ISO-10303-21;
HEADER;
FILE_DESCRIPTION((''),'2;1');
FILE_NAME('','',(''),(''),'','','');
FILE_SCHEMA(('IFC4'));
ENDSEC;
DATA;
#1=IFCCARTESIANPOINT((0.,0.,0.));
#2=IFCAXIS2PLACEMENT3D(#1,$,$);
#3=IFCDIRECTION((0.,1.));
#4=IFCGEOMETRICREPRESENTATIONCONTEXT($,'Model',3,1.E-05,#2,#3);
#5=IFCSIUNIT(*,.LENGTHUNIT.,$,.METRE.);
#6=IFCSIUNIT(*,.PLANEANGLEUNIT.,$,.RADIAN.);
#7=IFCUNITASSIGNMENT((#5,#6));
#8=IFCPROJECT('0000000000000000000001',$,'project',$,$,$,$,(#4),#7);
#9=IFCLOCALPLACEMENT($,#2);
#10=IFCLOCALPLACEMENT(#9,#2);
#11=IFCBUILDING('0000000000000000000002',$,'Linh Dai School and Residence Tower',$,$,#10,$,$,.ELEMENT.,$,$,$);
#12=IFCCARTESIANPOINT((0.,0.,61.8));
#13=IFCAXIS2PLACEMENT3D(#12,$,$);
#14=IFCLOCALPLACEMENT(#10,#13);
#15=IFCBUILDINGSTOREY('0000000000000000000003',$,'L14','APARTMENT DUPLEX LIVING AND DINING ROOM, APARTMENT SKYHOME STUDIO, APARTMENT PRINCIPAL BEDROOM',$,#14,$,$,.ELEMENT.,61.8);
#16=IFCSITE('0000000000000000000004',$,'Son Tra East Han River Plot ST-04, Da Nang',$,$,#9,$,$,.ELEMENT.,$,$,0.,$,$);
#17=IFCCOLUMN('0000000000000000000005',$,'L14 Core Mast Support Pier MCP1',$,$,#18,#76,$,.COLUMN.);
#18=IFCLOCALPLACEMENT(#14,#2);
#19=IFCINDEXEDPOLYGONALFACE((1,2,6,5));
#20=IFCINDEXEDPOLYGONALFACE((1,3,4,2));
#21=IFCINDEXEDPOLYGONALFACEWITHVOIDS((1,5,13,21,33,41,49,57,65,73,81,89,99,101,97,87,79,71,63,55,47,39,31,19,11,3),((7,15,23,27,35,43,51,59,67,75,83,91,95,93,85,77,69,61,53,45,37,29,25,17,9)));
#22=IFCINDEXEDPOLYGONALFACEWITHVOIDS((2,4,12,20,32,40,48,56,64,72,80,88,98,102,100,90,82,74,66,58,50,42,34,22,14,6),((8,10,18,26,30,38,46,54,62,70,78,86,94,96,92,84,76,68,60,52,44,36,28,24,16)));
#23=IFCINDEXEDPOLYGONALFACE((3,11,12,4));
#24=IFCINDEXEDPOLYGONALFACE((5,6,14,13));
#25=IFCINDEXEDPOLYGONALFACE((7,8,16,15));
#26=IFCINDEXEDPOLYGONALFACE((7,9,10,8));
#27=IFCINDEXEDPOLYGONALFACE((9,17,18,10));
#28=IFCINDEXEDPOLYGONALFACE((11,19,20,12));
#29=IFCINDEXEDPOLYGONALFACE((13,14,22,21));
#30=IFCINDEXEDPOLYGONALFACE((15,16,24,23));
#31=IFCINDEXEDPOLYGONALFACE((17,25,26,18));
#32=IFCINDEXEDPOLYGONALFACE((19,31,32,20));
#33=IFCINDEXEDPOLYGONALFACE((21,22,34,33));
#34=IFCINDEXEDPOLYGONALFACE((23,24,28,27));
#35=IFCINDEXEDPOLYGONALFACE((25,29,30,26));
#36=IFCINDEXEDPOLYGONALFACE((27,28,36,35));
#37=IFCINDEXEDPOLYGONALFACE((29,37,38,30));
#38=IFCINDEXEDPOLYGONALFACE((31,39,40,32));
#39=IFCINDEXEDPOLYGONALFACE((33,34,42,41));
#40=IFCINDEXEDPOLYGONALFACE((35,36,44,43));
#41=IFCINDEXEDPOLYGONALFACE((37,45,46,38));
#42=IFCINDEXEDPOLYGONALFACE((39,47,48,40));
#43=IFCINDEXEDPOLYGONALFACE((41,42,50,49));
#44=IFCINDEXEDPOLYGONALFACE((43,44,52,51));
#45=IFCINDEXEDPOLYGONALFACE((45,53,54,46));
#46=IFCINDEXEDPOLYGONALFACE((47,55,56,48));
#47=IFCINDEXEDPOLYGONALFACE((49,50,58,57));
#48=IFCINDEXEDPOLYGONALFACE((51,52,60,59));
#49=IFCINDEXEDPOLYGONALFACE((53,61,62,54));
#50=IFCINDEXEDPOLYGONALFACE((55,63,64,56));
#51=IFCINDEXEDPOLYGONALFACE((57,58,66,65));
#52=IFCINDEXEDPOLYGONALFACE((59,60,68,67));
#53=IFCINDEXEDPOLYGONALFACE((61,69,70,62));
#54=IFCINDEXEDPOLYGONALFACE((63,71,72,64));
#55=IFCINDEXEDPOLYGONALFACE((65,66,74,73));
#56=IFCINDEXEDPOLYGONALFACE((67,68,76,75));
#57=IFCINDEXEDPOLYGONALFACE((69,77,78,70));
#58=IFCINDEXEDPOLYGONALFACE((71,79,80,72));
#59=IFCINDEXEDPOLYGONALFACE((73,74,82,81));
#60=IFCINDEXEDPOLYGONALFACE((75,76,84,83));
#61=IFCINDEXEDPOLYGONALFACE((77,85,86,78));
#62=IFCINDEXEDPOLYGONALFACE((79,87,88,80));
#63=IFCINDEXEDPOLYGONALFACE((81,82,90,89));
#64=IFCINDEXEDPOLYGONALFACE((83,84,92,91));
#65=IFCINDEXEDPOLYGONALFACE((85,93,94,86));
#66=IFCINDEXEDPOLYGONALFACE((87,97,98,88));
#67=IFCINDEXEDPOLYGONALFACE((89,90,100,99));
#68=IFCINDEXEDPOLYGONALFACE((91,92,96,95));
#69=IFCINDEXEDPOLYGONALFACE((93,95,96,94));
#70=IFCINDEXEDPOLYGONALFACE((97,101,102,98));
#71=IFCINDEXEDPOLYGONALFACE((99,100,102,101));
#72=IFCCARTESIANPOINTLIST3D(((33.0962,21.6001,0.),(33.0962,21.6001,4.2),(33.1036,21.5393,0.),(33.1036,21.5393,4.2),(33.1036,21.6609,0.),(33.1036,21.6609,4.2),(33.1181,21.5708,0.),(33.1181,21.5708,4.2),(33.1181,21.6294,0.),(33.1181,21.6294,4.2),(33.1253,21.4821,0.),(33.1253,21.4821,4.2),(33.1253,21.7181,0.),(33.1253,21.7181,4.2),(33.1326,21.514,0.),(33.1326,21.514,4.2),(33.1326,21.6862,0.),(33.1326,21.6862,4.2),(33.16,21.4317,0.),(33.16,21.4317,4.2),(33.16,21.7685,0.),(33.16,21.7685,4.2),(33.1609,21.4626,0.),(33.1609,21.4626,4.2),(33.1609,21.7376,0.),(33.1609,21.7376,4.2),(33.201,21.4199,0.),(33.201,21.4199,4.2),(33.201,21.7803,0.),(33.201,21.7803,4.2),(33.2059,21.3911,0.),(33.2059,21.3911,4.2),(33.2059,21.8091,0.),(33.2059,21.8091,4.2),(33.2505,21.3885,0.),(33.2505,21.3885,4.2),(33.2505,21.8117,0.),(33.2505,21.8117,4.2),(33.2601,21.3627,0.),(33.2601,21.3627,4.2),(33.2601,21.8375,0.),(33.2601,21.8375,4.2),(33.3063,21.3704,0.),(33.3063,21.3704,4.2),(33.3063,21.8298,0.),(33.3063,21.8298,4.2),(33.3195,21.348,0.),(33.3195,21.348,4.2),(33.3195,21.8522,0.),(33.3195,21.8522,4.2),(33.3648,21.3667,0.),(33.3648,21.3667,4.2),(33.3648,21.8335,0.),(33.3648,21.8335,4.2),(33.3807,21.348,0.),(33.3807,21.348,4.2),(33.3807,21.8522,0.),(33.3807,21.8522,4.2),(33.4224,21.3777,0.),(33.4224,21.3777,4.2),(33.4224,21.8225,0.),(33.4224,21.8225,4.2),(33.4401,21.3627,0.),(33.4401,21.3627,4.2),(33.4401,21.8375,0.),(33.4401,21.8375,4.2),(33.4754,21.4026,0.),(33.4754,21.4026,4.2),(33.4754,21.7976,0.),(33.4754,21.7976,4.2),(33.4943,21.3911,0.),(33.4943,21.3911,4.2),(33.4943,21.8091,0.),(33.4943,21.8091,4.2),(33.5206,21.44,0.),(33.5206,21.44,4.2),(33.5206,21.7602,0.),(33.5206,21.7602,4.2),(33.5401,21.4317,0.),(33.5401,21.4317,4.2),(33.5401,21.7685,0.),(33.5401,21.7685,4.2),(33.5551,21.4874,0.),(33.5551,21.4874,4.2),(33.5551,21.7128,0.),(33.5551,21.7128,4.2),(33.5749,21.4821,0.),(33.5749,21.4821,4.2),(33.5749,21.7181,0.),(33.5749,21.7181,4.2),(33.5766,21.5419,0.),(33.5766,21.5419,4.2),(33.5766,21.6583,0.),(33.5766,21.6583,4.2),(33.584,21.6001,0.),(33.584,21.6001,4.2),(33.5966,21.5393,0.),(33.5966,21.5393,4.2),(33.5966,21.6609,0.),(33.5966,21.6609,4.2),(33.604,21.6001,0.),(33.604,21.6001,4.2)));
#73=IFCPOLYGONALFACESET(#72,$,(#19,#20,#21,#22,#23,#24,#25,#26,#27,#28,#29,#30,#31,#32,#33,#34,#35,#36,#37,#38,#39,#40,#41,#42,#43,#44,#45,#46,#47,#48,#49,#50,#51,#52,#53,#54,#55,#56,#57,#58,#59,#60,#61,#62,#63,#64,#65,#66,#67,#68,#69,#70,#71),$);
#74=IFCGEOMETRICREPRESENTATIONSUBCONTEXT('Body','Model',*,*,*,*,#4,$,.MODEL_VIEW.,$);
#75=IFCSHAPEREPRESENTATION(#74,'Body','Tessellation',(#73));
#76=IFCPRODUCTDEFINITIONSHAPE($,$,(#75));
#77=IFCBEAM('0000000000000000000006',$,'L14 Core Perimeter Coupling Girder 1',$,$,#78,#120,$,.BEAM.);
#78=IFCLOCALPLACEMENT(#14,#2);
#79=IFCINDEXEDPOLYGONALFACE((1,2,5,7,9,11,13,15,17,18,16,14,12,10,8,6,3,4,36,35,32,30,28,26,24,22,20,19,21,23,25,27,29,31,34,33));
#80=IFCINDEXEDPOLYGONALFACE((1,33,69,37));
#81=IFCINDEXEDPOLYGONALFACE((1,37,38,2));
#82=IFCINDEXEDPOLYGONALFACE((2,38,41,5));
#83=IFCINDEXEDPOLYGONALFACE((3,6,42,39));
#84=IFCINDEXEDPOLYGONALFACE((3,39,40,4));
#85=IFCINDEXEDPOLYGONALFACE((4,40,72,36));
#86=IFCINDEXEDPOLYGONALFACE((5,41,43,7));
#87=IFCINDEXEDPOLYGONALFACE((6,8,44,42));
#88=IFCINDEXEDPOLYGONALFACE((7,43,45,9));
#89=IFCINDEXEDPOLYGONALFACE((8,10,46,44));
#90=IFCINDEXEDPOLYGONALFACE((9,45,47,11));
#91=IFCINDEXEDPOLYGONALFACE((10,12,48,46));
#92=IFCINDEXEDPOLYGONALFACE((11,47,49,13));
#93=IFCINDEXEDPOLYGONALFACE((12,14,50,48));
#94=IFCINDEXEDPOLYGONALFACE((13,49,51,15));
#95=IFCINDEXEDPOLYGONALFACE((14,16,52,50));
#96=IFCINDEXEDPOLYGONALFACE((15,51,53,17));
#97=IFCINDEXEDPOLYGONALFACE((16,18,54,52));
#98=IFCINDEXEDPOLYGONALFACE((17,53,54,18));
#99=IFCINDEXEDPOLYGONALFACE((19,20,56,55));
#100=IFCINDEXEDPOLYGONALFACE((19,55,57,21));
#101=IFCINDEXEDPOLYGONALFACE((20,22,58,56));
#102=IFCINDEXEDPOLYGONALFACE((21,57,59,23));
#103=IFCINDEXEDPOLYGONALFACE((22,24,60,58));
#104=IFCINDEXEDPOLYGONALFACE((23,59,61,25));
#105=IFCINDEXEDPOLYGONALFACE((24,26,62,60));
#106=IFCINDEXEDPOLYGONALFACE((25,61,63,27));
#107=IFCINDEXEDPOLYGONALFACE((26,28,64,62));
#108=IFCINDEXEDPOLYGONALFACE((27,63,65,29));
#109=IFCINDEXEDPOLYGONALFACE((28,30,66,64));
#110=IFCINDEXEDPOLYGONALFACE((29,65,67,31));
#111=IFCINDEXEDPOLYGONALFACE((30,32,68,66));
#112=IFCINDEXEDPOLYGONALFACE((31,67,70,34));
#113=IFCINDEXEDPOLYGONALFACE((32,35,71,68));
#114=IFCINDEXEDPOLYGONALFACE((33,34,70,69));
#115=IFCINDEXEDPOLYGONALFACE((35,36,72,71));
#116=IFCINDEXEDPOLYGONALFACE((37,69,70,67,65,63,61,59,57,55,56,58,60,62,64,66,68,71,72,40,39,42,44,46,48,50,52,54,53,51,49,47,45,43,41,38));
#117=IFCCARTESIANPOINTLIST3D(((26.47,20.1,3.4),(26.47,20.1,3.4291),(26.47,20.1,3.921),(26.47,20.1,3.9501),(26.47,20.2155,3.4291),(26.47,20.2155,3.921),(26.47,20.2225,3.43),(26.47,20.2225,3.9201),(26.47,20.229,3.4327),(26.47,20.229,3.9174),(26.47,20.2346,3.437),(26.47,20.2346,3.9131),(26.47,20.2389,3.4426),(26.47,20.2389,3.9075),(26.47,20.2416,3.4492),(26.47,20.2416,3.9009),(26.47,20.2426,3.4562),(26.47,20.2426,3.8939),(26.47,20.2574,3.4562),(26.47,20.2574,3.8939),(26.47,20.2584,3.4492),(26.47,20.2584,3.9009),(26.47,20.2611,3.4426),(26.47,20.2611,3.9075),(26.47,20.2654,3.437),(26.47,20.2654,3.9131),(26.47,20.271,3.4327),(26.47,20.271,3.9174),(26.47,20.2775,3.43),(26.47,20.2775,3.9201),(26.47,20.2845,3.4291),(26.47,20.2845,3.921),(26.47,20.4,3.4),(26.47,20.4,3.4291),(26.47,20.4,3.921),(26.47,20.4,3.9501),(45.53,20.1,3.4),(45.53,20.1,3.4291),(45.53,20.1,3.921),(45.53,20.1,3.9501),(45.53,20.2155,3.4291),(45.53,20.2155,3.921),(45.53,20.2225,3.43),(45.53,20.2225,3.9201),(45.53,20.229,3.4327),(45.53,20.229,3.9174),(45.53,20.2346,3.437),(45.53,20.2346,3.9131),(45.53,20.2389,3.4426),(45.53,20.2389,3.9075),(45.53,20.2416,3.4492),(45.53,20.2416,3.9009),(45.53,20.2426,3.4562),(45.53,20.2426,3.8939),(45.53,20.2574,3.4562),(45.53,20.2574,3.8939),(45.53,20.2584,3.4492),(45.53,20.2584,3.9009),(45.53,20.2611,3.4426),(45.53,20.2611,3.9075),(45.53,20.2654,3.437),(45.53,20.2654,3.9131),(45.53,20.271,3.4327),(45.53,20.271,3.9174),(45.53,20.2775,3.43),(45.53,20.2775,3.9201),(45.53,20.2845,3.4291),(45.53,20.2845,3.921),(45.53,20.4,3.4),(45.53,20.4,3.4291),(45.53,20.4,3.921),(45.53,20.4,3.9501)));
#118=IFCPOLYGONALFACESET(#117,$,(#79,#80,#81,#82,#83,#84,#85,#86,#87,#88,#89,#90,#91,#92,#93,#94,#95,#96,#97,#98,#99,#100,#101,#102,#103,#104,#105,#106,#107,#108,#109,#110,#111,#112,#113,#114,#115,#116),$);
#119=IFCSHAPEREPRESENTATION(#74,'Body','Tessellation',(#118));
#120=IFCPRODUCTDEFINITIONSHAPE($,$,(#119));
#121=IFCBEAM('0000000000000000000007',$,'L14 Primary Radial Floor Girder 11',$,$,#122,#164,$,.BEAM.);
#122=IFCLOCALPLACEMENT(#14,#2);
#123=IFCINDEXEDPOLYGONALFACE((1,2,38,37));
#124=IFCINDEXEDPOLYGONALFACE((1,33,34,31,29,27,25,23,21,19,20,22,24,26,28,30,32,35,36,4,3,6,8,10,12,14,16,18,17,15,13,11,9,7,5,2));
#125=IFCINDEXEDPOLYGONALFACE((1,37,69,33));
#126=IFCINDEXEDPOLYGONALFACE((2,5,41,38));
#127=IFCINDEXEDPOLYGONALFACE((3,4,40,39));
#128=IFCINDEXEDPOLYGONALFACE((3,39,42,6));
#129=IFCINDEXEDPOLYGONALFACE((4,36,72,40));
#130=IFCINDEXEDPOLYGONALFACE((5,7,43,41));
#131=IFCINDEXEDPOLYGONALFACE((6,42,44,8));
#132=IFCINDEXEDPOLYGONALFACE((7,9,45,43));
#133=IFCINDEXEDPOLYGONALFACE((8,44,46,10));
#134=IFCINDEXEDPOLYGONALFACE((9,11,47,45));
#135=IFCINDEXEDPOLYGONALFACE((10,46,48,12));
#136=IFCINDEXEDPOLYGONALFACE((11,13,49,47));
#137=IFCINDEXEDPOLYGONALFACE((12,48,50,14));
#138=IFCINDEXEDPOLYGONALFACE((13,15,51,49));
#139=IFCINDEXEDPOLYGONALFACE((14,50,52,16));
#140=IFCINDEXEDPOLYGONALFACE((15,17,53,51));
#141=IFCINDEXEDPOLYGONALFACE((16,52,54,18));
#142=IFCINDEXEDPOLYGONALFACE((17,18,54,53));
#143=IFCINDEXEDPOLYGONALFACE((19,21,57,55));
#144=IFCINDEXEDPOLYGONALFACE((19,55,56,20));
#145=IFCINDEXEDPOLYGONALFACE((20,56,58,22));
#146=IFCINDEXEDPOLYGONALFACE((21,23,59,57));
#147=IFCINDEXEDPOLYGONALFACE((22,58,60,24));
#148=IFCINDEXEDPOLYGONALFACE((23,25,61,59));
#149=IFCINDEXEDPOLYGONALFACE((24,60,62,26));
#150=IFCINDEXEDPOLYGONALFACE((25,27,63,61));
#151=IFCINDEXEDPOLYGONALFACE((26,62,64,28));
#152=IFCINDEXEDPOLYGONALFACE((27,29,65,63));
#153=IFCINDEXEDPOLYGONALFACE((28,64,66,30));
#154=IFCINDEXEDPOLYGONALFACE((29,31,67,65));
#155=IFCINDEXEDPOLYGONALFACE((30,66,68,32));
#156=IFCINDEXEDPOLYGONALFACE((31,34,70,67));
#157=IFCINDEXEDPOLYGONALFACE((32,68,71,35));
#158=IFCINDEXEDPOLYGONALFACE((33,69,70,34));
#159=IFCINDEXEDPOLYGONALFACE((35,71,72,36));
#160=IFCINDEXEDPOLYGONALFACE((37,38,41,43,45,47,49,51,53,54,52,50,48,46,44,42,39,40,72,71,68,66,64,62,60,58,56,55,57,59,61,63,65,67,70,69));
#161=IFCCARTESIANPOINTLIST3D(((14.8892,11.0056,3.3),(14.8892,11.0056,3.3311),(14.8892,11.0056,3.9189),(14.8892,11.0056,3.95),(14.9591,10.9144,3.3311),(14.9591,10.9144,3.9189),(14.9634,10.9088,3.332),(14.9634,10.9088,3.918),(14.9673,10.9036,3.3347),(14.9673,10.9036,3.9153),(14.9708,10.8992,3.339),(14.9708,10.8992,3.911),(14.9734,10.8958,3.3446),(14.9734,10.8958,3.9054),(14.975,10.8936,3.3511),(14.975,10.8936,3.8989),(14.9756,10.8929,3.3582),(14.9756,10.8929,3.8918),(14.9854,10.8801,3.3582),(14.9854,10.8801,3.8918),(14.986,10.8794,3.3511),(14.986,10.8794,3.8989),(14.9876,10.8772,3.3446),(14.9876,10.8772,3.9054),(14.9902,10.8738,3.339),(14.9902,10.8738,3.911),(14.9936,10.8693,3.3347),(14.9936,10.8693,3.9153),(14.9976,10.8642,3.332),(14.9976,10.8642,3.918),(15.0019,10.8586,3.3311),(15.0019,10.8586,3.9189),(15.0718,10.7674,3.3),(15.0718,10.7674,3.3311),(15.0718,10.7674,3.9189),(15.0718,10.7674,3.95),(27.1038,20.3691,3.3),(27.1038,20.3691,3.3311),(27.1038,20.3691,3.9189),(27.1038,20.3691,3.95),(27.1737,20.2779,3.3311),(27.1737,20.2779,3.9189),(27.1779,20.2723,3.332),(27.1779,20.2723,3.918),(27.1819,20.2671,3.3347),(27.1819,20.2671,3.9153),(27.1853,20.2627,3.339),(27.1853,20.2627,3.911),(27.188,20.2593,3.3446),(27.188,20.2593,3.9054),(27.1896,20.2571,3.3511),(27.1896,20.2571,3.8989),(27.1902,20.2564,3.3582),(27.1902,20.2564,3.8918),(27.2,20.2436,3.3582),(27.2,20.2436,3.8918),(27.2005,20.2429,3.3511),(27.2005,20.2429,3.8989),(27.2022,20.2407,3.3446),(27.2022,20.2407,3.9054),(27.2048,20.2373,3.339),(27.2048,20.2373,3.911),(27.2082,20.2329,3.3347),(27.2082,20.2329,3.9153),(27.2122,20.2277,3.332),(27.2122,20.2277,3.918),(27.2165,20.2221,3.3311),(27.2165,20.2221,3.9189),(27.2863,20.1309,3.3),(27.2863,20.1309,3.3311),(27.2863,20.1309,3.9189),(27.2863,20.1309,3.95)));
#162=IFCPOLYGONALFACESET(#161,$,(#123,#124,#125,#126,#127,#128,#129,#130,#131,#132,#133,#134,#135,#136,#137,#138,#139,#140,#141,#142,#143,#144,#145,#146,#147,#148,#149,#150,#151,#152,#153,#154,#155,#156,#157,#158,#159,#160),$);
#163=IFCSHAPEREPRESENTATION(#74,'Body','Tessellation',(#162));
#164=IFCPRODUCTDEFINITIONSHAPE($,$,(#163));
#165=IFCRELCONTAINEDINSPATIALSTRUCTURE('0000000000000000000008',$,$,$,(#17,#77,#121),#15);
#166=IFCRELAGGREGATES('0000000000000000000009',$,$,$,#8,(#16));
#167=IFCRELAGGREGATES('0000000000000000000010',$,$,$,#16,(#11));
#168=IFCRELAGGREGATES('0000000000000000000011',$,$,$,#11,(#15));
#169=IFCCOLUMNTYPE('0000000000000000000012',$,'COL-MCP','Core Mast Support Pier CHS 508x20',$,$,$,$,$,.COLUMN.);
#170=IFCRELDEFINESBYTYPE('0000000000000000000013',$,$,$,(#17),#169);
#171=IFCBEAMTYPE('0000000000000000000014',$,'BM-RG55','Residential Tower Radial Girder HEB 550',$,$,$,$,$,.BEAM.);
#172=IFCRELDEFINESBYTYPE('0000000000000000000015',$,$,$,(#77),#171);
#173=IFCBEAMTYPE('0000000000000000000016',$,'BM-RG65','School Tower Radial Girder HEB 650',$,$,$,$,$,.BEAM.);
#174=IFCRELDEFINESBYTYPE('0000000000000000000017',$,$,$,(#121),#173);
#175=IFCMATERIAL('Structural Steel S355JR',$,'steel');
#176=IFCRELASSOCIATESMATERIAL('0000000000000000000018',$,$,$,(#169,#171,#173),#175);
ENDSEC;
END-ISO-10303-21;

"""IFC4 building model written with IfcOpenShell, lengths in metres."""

from ifc_helpers import new_model, si_unit, direction, frame, origin, origin_2d, place, context, subcontext, project, spatial, hollow_circle, i_section, extrude, material, material_profile, profile_set, type_object, element, save


model = new_model("IFC4")

# Units and contexts
model_context = context("Model", 3, precision=1e-05, world=origin(), true_north=direction((0.0, 1.0)))
body_context = subcontext(model_context, "Body", "Model", "MODEL_VIEW")
ifc_project = project(units=[si_unit("LENGTHUNIT", "METRE"), si_unit("PLANEANGLEUNIT", "RADIAN")], contexts=[model_context])

# Site, building, storey
site_placement = place(None, origin())
site = spatial("IfcSite", under=ifc_project, at=site_placement, Name="Son Tra East Han River Plot ST-04, Da Nang", CompositionType="ELEMENT", RefElevation=0.0)
building_placement = place(site_placement, origin())
building = spatial("IfcBuilding", under=site, at=building_placement, Name="Linh Dai School and Residence Tower", CompositionType="ELEMENT")
storey_placement = place(building_placement, frame((0.0, 0.0, 61.8)))
storey = spatial("IfcBuildingStorey", under=building, at=storey_placement, Name="L14", Description="APARTMENT DUPLEX LIVING AND DINING ROOM, APARTMENT SKYHOME STUDIO, APARTMENT PRINCIPAL BEDROOM", CompositionType="ELEMENT", Elevation=61.8)

# Column
ifc_material_1 = material(Name="Structural Steel S355JR", Category="steel")
ifc_material_profile_1 = material_profile(ifc_material_1, hollow_circle(Radius=0.2539, WallThickness=0.02, at=origin_2d()), Name="CHS 508x20")
ifc_profile_set_1 = profile_set([ifc_material_profile_1], Name="Structural Steel S355JR")
column_type = type_object("IfcColumnType", Name="COL-MCP", Description="Core Mast Support Pier CHS 508x20", PredefinedType="COLUMN", material=ifc_profile_set_1)
column_placement = place(storey_placement, frame((33.3501, 21.6001, 0.0), z_axis=(0.0, 0.0, 1.0), x_axis=(1.0, 0.0, 0.0)))
element("IfcColumn", 1, at=column_placement, inside=storey, type_object=column_type, Name="L14 Core Mast Support Pier MCP1", PredefinedType="COLUMN", context=body_context, shape_type="SweptSolid", body=[
    extrude(hollow_circle(Radius=0.2539, WallThickness=0.02, at=origin_2d()), origin(), (0.0, 0.0, 1.0), 4.2),
])

# Beams
ifc_material_profile_2 = material_profile(ifc_material_1, i_section(OverallWidth=0.3, OverallDepth=0.55, WebThickness=0.0149, FlangeThickness=0.0291, FilletRadius=0.0271, at=origin_2d()), Name="HEB 550")
ifc_profile_set_2 = profile_set([ifc_material_profile_2], Name="Structural Steel S355JR")
beam_type_1 = type_object("IfcBeamType", Name="BM-RG55", Description="Residential Tower Radial Girder HEB 550", PredefinedType="BEAM", material=ifc_profile_set_2)
beam_1_placement = place(storey_placement, frame((26.47, 20.25, 3.675), z_axis=(1.0, 0.0, 0.0), x_axis=(0.0, 1.0, 0.0)))
element("IfcBeam", 2, at=beam_1_placement, inside=storey, type_object=beam_type_1, Name="L14 Core Perimeter Coupling Girder 1", PredefinedType="BEAM", context=body_context, shape_type="SweptSolid", body=[
    extrude(i_section(OverallWidth=0.3, OverallDepth=0.55, WebThickness=0.0149, FlangeThickness=0.0291, FilletRadius=0.0271, at=origin_2d()), origin(), (0.0, 0.0, 1.0), 19.0601),
])
ifc_material_profile_3 = material_profile(ifc_material_1, i_section(OverallWidth=0.3, OverallDepth=0.6499, WebThickness=0.0161, FlangeThickness=0.031, FilletRadius=0.0271, at=origin_2d()), Name="HEB 650")
ifc_profile_set_3 = profile_set([ifc_material_profile_3], Name="Structural Steel S355JR")
beam_type_2 = type_object("IfcBeamType", Name="BM-RG65", Description="School Tower Radial Girder HEB 650", PredefinedType="BEAM", material=ifc_profile_set_3)
beam_2_placement = place(storey_placement, frame((27.1951, 20.25, 3.625), z_axis=(-0.793638, -0.608391, 0.0), x_axis=(0.608391, -0.793638, 0.0)))
element("IfcBeam", 3, at=beam_2_placement, inside=storey, type_object=beam_type_2, Name="L14 Primary Radial Floor Girder 11", PredefinedType="BEAM", context=body_context, shape_type="SweptSolid", body=[
    extrude(i_section(OverallWidth=0.3, OverallDepth=0.6499, WebThickness=0.0161, FlangeThickness=0.031, FilletRadius=0.0271, at=origin_2d()), origin(), (0.0, 0.0, 1.0), 15.3906),
])

save(model, "model.ifc")
